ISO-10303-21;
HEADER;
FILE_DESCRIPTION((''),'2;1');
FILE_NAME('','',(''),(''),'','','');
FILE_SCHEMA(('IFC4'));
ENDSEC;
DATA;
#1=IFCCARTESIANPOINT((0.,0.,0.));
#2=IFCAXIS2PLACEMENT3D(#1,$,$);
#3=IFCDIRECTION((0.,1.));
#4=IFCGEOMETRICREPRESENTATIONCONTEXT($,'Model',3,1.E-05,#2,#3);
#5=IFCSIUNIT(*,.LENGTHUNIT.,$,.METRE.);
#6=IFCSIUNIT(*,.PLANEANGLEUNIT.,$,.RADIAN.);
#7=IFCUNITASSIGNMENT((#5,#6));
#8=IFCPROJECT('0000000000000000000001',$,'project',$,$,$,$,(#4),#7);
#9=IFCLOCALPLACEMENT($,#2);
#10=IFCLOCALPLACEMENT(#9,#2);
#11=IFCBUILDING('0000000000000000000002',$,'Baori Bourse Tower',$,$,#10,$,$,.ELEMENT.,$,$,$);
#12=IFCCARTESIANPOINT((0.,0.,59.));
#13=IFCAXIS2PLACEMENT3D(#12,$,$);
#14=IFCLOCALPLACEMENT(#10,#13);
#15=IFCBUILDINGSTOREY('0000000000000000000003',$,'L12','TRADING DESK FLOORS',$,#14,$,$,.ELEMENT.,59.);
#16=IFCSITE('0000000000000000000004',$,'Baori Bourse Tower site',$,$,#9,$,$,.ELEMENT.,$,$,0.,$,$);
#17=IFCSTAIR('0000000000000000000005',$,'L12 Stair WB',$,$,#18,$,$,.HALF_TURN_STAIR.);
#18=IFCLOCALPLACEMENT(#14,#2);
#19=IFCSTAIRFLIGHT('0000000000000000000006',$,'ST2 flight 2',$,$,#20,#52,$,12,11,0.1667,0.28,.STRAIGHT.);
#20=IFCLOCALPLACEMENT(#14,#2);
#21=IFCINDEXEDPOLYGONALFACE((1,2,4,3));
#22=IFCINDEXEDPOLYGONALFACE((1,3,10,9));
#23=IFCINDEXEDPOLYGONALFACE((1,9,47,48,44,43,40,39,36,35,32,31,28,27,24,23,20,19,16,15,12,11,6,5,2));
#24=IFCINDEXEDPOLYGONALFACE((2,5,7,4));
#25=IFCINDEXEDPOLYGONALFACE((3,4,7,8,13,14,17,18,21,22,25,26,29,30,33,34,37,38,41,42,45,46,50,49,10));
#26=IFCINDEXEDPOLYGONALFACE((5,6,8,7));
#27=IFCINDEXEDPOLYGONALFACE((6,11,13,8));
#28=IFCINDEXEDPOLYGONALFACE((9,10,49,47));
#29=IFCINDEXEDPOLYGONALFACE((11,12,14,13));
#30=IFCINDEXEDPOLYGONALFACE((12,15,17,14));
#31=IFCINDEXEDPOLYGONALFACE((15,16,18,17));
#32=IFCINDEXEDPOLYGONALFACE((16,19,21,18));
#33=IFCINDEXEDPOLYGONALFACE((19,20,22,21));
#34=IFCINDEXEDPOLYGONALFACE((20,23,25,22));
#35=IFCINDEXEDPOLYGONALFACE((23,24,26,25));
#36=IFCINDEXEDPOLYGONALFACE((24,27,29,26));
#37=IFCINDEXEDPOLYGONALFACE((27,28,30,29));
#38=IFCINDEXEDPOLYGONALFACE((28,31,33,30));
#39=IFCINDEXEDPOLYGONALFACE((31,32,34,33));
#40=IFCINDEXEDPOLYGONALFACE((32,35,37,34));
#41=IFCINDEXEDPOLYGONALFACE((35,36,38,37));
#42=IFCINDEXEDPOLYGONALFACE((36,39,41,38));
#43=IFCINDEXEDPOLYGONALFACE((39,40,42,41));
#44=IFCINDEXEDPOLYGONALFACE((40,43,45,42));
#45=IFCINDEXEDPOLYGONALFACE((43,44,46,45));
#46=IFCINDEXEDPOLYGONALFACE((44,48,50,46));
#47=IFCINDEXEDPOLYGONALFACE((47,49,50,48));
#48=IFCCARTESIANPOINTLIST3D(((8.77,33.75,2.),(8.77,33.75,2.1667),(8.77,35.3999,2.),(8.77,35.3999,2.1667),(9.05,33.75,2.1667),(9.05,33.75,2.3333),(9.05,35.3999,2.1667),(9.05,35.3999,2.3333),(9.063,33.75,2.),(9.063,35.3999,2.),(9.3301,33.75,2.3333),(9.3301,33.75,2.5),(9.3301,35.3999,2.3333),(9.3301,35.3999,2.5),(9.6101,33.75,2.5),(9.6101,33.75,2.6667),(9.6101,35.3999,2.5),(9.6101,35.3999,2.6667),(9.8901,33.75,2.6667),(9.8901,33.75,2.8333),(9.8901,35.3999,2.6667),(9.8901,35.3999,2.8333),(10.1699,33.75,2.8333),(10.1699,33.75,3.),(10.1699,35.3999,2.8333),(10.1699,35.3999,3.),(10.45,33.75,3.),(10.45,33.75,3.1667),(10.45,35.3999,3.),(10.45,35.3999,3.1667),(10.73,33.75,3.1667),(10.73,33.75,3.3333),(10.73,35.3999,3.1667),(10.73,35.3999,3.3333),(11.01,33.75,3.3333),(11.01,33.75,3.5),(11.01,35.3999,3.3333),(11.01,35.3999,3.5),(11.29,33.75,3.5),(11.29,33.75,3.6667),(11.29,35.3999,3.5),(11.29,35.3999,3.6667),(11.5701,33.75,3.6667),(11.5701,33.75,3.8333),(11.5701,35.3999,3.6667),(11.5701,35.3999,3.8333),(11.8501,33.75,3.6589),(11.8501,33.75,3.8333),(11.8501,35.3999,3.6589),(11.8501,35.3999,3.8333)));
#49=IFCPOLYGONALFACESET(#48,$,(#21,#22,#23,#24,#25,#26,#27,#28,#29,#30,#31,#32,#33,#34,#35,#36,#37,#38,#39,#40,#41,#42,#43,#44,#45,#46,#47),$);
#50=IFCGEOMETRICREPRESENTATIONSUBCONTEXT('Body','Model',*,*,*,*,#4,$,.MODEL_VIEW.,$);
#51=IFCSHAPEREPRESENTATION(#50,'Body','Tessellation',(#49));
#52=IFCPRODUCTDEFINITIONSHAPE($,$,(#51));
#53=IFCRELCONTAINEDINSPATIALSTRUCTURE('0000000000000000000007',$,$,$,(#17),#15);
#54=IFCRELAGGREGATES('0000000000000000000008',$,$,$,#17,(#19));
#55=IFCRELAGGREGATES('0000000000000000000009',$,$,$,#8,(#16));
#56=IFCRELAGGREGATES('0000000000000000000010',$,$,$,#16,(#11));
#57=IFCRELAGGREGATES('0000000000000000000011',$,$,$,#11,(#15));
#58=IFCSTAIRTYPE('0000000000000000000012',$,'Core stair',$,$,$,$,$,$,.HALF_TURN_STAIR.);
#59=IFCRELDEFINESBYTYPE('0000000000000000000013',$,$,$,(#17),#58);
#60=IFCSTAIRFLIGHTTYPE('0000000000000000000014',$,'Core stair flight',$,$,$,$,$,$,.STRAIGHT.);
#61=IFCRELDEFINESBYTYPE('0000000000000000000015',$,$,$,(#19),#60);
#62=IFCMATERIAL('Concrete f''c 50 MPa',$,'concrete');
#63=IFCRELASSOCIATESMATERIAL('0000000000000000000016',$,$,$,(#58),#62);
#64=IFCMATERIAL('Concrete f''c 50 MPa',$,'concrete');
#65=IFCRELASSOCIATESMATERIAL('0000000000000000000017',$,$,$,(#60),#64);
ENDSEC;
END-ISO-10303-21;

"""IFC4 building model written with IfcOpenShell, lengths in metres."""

from ifc_helpers import new_model, si_unit, direction, frame, origin, place, context, subcontext, project, spatial, polyline, outline, extrude, material, type_object, element, aggregate, save


model = new_model("IFC4")

# Units and contexts
model_context = context("Model", 3, precision=1e-05, world=origin(), true_north=direction((0.0, 1.0)))
body_context = subcontext(model_context, "Body", "Model", "MODEL_VIEW")
ifc_project = project(units=[si_unit("LENGTHUNIT", "METRE"), si_unit("PLANEANGLEUNIT", "RADIAN")], contexts=[model_context])

# Site, building, storey
site_placement = place(None, origin())
site = spatial("IfcSite", under=ifc_project, at=site_placement, Name="Baori Bourse Tower site", CompositionType="ELEMENT", RefElevation=0.0)
building_placement = place(site_placement, origin())
building = spatial("IfcBuilding", under=site, at=building_placement, Name="Baori Bourse Tower", CompositionType="ELEMENT")
storey_placement = place(building_placement, frame((0.0, 0.0, 59.0)))
storey = spatial("IfcBuildingStorey", under=building, at=storey_placement, Name="L12", Description="TRADING DESK FLOORS", CompositionType="ELEMENT", Elevation=59.0)

# Stair, stair flight
ifc_material_1 = material(Name="Concrete f'c 50 MPa", Category="concrete")
stair_type = type_object("IfcStairType", Name="Core stair", PredefinedType="HALF_TURN_STAIR", material=ifc_material_1)
stair_placement = place(storey_placement, origin())
stair = element("IfcStair", 1, at=stair_placement, inside=storey, type_object=stair_type, Name="L12 Stair WB", PredefinedType="HALF_TURN_STAIR")
ifc_material_2 = material(Name="Concrete f'c 50 MPa", Category="concrete")
stair_flight_type = type_object("IfcStairFlightType", Name="Core stair flight", PredefinedType="STRAIGHT", material=ifc_material_2)
stair_flight_1_placement = place(storey_placement, frame((8.77, 34.575, 2.0), z_axis=(0.0, 0.0, 1.0), x_axis=(1.0, 0.0, 0.0)))
stair_flight_1 = element("IfcStairFlight", 2, at=stair_flight_1_placement, type_object=stair_flight_type, Name="ST2 flight 2", NumberOfRisers=12, NumberOfTreads=11, PredefinedType="STRAIGHT", RiserHeight=0.1667, TreadLength=0.28, context=body_context, shape_type="SweptSolid", body=[
    extrude(outline(polyline([(0.0, 0.0), (0.0, 0.1667), (0.28, 0.1667), (0.28, 0.3333), (0.5601, 0.3333), (0.5601, 0.5), (0.8401, 0.5), (0.8401, 0.6667), (1.1201, 0.6667), (1.1201, 0.8333), (1.3999, 0.8333), (1.3999, 1.0), (1.6799, 1.0), (1.6799, 1.1667), (1.96, 1.1667), (1.96, 1.3333), (2.24, 1.3333), (2.24, 1.5), (2.52, 1.5), (2.52, 1.6667), (2.8, 1.6667), (2.8, 1.8333), (3.0801, 1.8333), (3.0801, 2.0), (3.0801, 1.6589), (0.293, 0.0), (0.0, 0.0)])), frame((0.0, 0.825, 0.0), z_axis=(0.0, -1.0, 0.0), x_axis=(1.0, 0.0, 0.0)), (0.0, 0.0, 1.0), 1.6499),
])
aggregate(stair, [stair_flight_1])

save(model, "model.ifc")
